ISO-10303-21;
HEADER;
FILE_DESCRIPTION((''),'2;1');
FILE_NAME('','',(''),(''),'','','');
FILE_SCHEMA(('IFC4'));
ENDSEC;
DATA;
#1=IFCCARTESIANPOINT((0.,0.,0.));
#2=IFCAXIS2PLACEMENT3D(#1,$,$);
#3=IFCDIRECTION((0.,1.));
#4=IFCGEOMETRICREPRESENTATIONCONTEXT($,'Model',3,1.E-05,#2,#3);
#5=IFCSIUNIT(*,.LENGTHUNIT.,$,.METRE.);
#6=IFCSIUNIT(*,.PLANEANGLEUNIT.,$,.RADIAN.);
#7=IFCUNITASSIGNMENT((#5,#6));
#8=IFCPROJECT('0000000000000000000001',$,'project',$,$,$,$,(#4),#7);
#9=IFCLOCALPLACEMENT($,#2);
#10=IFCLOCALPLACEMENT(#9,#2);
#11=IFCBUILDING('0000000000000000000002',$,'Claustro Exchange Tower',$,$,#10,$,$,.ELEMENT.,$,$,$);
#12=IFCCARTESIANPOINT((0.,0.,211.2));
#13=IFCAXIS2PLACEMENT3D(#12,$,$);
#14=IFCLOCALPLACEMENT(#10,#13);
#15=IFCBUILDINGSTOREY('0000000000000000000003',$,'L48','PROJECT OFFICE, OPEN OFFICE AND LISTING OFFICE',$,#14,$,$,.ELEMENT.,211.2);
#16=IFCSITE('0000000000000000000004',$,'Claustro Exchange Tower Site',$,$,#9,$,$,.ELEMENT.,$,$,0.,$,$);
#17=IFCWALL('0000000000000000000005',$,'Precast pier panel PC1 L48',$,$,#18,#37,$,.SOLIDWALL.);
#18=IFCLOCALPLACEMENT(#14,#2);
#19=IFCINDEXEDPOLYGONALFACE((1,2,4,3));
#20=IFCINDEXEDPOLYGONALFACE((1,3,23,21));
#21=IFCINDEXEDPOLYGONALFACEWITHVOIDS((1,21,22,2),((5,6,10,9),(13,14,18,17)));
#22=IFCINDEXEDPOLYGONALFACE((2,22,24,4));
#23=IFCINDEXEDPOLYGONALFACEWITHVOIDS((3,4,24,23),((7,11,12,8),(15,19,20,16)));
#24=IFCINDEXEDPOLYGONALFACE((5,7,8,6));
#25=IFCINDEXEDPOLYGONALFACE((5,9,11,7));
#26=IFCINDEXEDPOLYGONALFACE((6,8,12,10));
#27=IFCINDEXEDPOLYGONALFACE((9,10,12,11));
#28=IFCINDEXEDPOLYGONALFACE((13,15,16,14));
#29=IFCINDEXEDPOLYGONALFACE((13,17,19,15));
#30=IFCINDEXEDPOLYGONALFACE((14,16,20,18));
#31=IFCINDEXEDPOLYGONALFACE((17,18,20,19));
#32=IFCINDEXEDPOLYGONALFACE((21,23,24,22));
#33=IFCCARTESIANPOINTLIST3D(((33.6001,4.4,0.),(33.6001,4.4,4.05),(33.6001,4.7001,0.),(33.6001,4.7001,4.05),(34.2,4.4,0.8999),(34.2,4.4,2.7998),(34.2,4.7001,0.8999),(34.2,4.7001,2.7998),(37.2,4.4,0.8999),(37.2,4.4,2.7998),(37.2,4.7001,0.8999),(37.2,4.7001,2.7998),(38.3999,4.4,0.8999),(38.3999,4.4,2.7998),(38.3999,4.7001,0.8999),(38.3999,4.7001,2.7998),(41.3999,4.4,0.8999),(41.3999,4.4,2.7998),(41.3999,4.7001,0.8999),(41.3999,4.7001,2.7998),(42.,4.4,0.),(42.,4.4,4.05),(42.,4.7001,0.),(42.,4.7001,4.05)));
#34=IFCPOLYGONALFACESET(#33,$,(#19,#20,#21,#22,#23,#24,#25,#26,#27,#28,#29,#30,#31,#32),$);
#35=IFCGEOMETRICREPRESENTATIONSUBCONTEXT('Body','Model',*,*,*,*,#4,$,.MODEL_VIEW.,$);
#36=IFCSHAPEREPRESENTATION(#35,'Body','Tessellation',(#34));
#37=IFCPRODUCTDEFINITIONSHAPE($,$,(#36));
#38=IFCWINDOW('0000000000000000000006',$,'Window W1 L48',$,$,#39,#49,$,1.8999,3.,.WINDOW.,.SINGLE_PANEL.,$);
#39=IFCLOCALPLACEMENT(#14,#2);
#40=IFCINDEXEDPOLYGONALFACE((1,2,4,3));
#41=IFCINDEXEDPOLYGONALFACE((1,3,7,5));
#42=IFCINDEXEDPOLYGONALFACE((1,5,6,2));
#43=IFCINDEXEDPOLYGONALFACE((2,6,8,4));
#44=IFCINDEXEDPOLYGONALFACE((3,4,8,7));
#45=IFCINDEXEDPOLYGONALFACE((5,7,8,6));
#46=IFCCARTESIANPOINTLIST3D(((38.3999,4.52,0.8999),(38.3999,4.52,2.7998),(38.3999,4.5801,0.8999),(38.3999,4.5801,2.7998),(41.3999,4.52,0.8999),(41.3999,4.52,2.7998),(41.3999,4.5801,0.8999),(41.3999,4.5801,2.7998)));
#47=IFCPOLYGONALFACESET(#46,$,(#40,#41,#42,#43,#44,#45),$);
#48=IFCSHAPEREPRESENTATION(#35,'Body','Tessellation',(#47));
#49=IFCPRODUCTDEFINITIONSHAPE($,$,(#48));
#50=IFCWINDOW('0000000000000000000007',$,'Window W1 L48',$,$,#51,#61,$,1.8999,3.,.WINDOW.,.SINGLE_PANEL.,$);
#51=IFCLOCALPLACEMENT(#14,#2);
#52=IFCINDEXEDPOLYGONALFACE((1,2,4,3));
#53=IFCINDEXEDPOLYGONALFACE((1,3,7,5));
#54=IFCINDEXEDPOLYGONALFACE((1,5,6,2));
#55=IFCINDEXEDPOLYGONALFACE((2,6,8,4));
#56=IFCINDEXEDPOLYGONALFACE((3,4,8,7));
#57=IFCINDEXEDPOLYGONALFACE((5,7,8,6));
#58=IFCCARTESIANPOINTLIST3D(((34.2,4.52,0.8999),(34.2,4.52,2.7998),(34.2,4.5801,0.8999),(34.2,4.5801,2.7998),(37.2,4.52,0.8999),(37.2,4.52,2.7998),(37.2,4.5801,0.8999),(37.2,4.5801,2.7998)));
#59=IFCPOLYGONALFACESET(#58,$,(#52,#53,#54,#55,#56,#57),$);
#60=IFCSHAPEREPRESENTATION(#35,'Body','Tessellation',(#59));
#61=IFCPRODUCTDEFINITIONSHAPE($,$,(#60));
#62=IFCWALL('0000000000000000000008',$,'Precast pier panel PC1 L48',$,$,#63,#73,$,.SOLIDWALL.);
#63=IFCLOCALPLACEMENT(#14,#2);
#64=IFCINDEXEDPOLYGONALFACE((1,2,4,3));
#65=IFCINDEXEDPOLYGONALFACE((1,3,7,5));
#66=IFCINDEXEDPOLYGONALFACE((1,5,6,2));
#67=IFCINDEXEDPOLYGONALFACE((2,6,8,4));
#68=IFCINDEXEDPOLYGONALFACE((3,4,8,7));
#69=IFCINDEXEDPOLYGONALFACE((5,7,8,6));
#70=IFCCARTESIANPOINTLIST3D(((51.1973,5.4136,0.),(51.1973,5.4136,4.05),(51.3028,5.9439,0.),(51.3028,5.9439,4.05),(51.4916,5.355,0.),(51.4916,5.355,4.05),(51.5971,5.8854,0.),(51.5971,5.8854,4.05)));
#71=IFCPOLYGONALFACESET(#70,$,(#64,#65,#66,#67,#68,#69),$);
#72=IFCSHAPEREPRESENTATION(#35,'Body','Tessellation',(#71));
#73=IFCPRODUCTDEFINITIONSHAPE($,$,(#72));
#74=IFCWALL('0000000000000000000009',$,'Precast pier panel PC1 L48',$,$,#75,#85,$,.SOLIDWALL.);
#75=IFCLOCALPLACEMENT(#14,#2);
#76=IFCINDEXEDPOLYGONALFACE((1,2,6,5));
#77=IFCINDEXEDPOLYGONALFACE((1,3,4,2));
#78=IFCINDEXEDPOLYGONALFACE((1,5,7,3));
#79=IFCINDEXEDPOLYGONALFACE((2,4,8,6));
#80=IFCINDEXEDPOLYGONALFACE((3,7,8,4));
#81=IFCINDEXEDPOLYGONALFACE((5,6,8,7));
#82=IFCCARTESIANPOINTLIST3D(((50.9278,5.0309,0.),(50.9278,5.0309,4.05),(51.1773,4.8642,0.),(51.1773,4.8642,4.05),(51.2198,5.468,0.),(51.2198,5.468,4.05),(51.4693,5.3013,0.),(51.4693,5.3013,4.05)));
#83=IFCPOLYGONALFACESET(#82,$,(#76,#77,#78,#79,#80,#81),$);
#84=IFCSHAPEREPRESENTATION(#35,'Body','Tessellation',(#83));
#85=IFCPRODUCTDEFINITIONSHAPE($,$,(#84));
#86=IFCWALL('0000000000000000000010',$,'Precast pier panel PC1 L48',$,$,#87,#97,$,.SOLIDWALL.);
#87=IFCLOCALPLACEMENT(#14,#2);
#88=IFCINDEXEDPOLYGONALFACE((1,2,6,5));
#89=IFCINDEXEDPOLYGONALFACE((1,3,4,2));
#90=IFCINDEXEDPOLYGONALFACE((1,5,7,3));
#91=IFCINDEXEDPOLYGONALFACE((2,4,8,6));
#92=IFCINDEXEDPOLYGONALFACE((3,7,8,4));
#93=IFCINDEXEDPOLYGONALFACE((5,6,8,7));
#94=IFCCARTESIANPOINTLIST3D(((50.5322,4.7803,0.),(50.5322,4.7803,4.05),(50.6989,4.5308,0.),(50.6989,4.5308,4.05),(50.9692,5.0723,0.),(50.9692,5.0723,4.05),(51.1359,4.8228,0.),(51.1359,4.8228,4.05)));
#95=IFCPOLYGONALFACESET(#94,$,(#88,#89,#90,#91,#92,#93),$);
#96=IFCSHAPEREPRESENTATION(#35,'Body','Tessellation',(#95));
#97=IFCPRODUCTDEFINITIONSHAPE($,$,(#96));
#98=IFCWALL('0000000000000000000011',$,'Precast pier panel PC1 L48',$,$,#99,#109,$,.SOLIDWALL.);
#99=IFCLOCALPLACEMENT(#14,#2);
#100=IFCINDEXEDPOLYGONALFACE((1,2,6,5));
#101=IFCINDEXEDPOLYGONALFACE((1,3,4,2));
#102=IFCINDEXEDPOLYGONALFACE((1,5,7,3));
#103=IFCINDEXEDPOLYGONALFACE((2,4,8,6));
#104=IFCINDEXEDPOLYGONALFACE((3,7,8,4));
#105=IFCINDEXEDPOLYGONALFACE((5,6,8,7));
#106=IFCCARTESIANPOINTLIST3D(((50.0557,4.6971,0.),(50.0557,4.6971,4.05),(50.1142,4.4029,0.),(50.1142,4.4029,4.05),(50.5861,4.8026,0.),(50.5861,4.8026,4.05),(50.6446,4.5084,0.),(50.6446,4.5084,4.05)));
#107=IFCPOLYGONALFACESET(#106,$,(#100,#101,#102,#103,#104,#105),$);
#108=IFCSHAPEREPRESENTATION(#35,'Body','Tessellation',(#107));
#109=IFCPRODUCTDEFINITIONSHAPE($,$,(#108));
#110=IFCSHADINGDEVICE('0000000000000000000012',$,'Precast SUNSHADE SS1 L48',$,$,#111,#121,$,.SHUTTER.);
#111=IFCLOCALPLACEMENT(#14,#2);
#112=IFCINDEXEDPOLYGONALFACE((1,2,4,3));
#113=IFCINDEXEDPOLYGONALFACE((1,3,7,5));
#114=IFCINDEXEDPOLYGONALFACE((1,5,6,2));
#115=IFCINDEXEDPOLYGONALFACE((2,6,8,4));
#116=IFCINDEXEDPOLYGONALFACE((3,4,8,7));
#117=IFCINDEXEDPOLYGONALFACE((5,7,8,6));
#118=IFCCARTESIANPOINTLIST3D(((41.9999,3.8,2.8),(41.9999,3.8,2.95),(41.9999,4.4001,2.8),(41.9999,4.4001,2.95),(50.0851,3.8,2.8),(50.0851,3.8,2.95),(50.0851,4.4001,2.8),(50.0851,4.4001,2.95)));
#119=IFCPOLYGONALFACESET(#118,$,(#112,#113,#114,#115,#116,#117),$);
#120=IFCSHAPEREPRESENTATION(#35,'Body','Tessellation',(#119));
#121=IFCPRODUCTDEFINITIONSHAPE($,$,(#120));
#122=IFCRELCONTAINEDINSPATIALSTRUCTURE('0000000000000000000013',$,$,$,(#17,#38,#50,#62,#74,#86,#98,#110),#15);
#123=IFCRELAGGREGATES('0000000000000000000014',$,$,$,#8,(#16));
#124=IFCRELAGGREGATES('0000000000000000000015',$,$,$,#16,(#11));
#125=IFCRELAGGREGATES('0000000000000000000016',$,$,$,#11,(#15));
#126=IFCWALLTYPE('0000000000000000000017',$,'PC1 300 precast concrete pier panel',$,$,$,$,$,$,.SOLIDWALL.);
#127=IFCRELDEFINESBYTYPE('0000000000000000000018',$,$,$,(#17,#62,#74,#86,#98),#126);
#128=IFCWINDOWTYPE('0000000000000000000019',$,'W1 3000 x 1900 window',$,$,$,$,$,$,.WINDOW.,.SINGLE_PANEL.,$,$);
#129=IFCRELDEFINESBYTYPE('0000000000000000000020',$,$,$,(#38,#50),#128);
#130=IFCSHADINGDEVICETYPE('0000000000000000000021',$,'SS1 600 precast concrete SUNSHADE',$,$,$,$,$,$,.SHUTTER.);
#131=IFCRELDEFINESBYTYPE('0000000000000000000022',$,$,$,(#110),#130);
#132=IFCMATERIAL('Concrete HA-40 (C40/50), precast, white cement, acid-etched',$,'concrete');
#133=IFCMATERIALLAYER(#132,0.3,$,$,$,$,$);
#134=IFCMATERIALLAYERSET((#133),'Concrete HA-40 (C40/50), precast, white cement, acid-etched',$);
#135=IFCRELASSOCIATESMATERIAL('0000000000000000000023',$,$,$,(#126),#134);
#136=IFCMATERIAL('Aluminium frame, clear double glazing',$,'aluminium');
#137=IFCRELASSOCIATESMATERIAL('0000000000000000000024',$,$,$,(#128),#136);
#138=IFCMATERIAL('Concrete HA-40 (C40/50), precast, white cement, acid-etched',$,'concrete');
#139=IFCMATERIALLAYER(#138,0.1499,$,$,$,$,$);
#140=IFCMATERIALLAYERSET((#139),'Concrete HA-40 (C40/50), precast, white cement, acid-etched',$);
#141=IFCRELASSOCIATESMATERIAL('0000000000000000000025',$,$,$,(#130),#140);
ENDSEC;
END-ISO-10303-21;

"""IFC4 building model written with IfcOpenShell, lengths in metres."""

from ifc_helpers import new_model, si_unit, direction, frame, frame_2d, origin, origin_2d, place, context, subcontext, project, spatial, rectangle, extrude, material, layer, layer_set, type_object, element, fill, save


model = new_model("IFC4")

# Units and contexts
model_context = context("Model", 3, precision=1e-05, world=origin(), true_north=direction((0.0, 1.0)))
body_context = subcontext(model_context, "Body", "Model", "MODEL_VIEW")
ifc_project = project(units=[si_unit("LENGTHUNIT", "METRE"), si_unit("PLANEANGLEUNIT", "RADIAN")], contexts=[model_context])

# Site, building, storey
site_placement = place(None, origin())
site = spatial("IfcSite", under=ifc_project, at=site_placement, Name="Claustro Exchange Tower Site", CompositionType="ELEMENT", RefElevation=0.0)
building_placement = place(site_placement, origin())
building = spatial("IfcBuilding", under=site, at=building_placement, Name="Claustro Exchange Tower", CompositionType="ELEMENT")
storey_placement = place(building_placement, frame((0.0, 0.0, 211.2)))
storey = spatial("IfcBuildingStorey", under=building, at=storey_placement, Name="L48", Description="PROJECT OFFICE, OPEN OFFICE AND LISTING OFFICE", CompositionType="ELEMENT", Elevation=211.2)

# Wall, openings, windows
ifc_material_1 = material(Name="Concrete HA-40 (C40/50), precast, white cement, acid-etched", Category="concrete")
ifc_layer_1 = layer(ifc_material_1, 0.3)
ifc_layer_set_1 = layer_set([ifc_layer_1], Name="Concrete HA-40 (C40/50), precast, white cement, acid-etched")
wall_type_1 = type_object("IfcWallType", Name="PC1 300 precast concrete pier panel", PredefinedType="SOLIDWALL", material=ifc_layer_set_1)
ifc_material_2 = material(Name="Aluminium frame, clear double glazing", Category="aluminium")
window_type = type_object("IfcWindowType", Name="W1 3000 x 1900 window", PartitioningType="SINGLE_PANEL", PredefinedType="WINDOW", material=ifc_material_2)
wall_1_placement = place(storey_placement, frame((42.0, 4.55, 0.0), z_axis=(0.0, 0.0, 1.0), x_axis=(-1.0, 0.0, 0.0)))
wall_1 = element("IfcWall", 1, at=wall_1_placement, inside=storey, type_object=wall_type_1, Name="Precast pier panel PC1 L48", PredefinedType="SOLIDWALL", context=body_context, shape_type="SweptSolid", body=[
    extrude(rectangle(XDim=8.3999, YDim=0.3, at=frame_2d((4.2, 0.0))), origin(), (0.0, 0.0, 1.0), 4.05),
])
opening_1_placement = place(wall_1_placement, frame((0.6001, 0.0, 0.8999)))
opening_1 = element("IfcOpeningElement", 2, at=opening_1_placement, cuts=wall_1, PredefinedType="OPENING", context=body_context, shape_type="SweptSolid", body=[
    extrude(rectangle(XDim=3.0, YDim=1.8999, at=frame_2d((1.5, 0.95))), frame((0.0, 0.1599, 0.0), z_axis=(0.0, -1.0, 0.0), x_axis=(1.0, 0.0, 0.0)), (0.0, 0.0, 1.0), 0.3201),
])
opening_2_placement = place(wall_1_placement, frame((4.8, 0.0, 0.8999)))
opening_2 = element("IfcOpeningElement", 3, at=opening_2_placement, cuts=wall_1, PredefinedType="OPENING", context=body_context, shape_type="SweptSolid", body=[
    extrude(rectangle(XDim=3.0, YDim=1.8999, at=frame_2d((1.5, 0.95))), frame((0.0, 0.1599, 0.0), z_axis=(0.0, -1.0, 0.0), x_axis=(1.0, 0.0, 0.0)), (0.0, 0.0, 1.0), 0.3201),
])
window_1_placement = place(opening_1_placement, origin())
window_1 = element("IfcWindow", 4, at=window_1_placement, inside=storey, type_object=window_type, Name="Window W1 L48", OverallHeight=1.8999, OverallWidth=3.0, PartitioningType="SINGLE_PANEL", PredefinedType="WINDOW", context=body_context, shape_type="SweptSolid", body=[
    extrude(rectangle(XDim=3.0, YDim=1.8999, at=frame_2d((1.5, 0.95))), frame((0.0, 0.03, 0.0), z_axis=(0.0, -1.0, 0.0), x_axis=(1.0, 0.0, 0.0)), (0.0, 0.0, 1.0), 0.0601),
])
fill(opening_1, window_1)
window_2_placement = place(opening_2_placement, origin())
window_2 = element("IfcWindow", 5, at=window_2_placement, inside=storey, type_object=window_type, Name="Window W1 L48", OverallHeight=1.8999, OverallWidth=3.0, PartitioningType="SINGLE_PANEL", PredefinedType="WINDOW", context=body_context, shape_type="SweptSolid", body=[
    extrude(rectangle(XDim=3.0, YDim=1.8999, at=frame_2d((1.5, 0.95))), frame((0.0, 0.03, 0.0), z_axis=(0.0, -1.0, 0.0), x_axis=(1.0, 0.0, 0.0)), (0.0, 0.0, 1.0), 0.0601),
])
fill(opening_2, window_2)

# Walls
wall_2_placement = place(storey_placement, frame((51.45, 5.9148, 0.0), z_axis=(0.0, 0.0, 1.0), x_axis=(-0.195074, -0.980789, 0.0)))
element("IfcWall", 6, at=wall_2_placement, inside=storey, type_object=wall_type_1, Name="Precast pier panel PC1 L48", PredefinedType="SOLIDWALL", context=body_context, shape_type="SweptSolid", body=[
    extrude(rectangle(XDim=0.5408, YDim=0.3, at=frame_2d((0.2705, 0.0))), origin(), (0.0, 0.0, 1.0), 4.05),
])
for number, where, z_axis, x_axis, name in (
    (7, (51.3445, 5.3845, 0.0), (0.0, 0.0, 1.0), (-0.555557, -0.831478, 0.0), "Precast pier panel PC1 L48"),
    (8, (51.0525, 4.9475, 0.0), (0.0, 0.0, 1.0), (-0.831478, -0.555557, 0.0), "Precast pier panel PC1 L48"),
):
    element("IfcWall", number, at=place(storey_placement, frame(where, z_axis=z_axis, x_axis=x_axis)), inside=storey, type_object=wall_type_1, Name=name, PredefinedType="SOLIDWALL", context=body_context, shape_type="SweptSolid", body=[
        extrude(rectangle(XDim=0.5256, YDim=0.3, at=frame_2d((0.2627, 0.0))), origin(), (0.0, 0.0, 1.0), 4.05),
    ])
wall_3_placement = place(storey_placement, frame((50.6155, 4.6555, 0.0), z_axis=(0.0, 0.0, 1.0), x_axis=(-0.980789, -0.195074, 0.0)))
element("IfcWall", 9, at=wall_3_placement, inside=storey, type_object=wall_type_1, Name="Precast pier panel PC1 L48", PredefinedType="SOLIDWALL", context=body_context, shape_type="SweptSolid", body=[
    extrude(rectangle(XDim=0.5408, YDim=0.3, at=frame_2d((0.2705, 0.0))), origin(), (0.0, 0.0, 1.0), 4.05),
])

# Shading device
ifc_material_3 = material(Name="Concrete HA-40 (C40/50), precast, white cement, acid-etched", Category="concrete")
ifc_layer_2 = layer(ifc_material_3, 0.1499)
ifc_layer_set_2 = layer_set([ifc_layer_2], Name="Concrete HA-40 (C40/50), precast, white cement, acid-etched")
shading_device_type = type_object("IfcShadingDeviceType", Name="SS1 600 precast concrete SUNSHADE", PredefinedType="SHUTTER", material=ifc_layer_set_2)
shading_device_placement = place(storey_placement, frame((46.0425, 4.1001, 2.8), z_axis=(0.0, 0.0, 1.0), x_axis=(-1.0, 0.0, 0.0)))
element("IfcShadingDevice", 10, at=shading_device_placement, inside=storey, type_object=shading_device_type, Name="Precast SUNSHADE SS1 L48", PredefinedType="SHUTTER", context=body_context, shape_type="SweptSolid", body=[
    extrude(rectangle(XDim=8.0852, YDim=0.6001, at=origin_2d()), origin(), (0.0, 0.0, 1.0), 0.1499),
])

save(model, "model.ifc")
